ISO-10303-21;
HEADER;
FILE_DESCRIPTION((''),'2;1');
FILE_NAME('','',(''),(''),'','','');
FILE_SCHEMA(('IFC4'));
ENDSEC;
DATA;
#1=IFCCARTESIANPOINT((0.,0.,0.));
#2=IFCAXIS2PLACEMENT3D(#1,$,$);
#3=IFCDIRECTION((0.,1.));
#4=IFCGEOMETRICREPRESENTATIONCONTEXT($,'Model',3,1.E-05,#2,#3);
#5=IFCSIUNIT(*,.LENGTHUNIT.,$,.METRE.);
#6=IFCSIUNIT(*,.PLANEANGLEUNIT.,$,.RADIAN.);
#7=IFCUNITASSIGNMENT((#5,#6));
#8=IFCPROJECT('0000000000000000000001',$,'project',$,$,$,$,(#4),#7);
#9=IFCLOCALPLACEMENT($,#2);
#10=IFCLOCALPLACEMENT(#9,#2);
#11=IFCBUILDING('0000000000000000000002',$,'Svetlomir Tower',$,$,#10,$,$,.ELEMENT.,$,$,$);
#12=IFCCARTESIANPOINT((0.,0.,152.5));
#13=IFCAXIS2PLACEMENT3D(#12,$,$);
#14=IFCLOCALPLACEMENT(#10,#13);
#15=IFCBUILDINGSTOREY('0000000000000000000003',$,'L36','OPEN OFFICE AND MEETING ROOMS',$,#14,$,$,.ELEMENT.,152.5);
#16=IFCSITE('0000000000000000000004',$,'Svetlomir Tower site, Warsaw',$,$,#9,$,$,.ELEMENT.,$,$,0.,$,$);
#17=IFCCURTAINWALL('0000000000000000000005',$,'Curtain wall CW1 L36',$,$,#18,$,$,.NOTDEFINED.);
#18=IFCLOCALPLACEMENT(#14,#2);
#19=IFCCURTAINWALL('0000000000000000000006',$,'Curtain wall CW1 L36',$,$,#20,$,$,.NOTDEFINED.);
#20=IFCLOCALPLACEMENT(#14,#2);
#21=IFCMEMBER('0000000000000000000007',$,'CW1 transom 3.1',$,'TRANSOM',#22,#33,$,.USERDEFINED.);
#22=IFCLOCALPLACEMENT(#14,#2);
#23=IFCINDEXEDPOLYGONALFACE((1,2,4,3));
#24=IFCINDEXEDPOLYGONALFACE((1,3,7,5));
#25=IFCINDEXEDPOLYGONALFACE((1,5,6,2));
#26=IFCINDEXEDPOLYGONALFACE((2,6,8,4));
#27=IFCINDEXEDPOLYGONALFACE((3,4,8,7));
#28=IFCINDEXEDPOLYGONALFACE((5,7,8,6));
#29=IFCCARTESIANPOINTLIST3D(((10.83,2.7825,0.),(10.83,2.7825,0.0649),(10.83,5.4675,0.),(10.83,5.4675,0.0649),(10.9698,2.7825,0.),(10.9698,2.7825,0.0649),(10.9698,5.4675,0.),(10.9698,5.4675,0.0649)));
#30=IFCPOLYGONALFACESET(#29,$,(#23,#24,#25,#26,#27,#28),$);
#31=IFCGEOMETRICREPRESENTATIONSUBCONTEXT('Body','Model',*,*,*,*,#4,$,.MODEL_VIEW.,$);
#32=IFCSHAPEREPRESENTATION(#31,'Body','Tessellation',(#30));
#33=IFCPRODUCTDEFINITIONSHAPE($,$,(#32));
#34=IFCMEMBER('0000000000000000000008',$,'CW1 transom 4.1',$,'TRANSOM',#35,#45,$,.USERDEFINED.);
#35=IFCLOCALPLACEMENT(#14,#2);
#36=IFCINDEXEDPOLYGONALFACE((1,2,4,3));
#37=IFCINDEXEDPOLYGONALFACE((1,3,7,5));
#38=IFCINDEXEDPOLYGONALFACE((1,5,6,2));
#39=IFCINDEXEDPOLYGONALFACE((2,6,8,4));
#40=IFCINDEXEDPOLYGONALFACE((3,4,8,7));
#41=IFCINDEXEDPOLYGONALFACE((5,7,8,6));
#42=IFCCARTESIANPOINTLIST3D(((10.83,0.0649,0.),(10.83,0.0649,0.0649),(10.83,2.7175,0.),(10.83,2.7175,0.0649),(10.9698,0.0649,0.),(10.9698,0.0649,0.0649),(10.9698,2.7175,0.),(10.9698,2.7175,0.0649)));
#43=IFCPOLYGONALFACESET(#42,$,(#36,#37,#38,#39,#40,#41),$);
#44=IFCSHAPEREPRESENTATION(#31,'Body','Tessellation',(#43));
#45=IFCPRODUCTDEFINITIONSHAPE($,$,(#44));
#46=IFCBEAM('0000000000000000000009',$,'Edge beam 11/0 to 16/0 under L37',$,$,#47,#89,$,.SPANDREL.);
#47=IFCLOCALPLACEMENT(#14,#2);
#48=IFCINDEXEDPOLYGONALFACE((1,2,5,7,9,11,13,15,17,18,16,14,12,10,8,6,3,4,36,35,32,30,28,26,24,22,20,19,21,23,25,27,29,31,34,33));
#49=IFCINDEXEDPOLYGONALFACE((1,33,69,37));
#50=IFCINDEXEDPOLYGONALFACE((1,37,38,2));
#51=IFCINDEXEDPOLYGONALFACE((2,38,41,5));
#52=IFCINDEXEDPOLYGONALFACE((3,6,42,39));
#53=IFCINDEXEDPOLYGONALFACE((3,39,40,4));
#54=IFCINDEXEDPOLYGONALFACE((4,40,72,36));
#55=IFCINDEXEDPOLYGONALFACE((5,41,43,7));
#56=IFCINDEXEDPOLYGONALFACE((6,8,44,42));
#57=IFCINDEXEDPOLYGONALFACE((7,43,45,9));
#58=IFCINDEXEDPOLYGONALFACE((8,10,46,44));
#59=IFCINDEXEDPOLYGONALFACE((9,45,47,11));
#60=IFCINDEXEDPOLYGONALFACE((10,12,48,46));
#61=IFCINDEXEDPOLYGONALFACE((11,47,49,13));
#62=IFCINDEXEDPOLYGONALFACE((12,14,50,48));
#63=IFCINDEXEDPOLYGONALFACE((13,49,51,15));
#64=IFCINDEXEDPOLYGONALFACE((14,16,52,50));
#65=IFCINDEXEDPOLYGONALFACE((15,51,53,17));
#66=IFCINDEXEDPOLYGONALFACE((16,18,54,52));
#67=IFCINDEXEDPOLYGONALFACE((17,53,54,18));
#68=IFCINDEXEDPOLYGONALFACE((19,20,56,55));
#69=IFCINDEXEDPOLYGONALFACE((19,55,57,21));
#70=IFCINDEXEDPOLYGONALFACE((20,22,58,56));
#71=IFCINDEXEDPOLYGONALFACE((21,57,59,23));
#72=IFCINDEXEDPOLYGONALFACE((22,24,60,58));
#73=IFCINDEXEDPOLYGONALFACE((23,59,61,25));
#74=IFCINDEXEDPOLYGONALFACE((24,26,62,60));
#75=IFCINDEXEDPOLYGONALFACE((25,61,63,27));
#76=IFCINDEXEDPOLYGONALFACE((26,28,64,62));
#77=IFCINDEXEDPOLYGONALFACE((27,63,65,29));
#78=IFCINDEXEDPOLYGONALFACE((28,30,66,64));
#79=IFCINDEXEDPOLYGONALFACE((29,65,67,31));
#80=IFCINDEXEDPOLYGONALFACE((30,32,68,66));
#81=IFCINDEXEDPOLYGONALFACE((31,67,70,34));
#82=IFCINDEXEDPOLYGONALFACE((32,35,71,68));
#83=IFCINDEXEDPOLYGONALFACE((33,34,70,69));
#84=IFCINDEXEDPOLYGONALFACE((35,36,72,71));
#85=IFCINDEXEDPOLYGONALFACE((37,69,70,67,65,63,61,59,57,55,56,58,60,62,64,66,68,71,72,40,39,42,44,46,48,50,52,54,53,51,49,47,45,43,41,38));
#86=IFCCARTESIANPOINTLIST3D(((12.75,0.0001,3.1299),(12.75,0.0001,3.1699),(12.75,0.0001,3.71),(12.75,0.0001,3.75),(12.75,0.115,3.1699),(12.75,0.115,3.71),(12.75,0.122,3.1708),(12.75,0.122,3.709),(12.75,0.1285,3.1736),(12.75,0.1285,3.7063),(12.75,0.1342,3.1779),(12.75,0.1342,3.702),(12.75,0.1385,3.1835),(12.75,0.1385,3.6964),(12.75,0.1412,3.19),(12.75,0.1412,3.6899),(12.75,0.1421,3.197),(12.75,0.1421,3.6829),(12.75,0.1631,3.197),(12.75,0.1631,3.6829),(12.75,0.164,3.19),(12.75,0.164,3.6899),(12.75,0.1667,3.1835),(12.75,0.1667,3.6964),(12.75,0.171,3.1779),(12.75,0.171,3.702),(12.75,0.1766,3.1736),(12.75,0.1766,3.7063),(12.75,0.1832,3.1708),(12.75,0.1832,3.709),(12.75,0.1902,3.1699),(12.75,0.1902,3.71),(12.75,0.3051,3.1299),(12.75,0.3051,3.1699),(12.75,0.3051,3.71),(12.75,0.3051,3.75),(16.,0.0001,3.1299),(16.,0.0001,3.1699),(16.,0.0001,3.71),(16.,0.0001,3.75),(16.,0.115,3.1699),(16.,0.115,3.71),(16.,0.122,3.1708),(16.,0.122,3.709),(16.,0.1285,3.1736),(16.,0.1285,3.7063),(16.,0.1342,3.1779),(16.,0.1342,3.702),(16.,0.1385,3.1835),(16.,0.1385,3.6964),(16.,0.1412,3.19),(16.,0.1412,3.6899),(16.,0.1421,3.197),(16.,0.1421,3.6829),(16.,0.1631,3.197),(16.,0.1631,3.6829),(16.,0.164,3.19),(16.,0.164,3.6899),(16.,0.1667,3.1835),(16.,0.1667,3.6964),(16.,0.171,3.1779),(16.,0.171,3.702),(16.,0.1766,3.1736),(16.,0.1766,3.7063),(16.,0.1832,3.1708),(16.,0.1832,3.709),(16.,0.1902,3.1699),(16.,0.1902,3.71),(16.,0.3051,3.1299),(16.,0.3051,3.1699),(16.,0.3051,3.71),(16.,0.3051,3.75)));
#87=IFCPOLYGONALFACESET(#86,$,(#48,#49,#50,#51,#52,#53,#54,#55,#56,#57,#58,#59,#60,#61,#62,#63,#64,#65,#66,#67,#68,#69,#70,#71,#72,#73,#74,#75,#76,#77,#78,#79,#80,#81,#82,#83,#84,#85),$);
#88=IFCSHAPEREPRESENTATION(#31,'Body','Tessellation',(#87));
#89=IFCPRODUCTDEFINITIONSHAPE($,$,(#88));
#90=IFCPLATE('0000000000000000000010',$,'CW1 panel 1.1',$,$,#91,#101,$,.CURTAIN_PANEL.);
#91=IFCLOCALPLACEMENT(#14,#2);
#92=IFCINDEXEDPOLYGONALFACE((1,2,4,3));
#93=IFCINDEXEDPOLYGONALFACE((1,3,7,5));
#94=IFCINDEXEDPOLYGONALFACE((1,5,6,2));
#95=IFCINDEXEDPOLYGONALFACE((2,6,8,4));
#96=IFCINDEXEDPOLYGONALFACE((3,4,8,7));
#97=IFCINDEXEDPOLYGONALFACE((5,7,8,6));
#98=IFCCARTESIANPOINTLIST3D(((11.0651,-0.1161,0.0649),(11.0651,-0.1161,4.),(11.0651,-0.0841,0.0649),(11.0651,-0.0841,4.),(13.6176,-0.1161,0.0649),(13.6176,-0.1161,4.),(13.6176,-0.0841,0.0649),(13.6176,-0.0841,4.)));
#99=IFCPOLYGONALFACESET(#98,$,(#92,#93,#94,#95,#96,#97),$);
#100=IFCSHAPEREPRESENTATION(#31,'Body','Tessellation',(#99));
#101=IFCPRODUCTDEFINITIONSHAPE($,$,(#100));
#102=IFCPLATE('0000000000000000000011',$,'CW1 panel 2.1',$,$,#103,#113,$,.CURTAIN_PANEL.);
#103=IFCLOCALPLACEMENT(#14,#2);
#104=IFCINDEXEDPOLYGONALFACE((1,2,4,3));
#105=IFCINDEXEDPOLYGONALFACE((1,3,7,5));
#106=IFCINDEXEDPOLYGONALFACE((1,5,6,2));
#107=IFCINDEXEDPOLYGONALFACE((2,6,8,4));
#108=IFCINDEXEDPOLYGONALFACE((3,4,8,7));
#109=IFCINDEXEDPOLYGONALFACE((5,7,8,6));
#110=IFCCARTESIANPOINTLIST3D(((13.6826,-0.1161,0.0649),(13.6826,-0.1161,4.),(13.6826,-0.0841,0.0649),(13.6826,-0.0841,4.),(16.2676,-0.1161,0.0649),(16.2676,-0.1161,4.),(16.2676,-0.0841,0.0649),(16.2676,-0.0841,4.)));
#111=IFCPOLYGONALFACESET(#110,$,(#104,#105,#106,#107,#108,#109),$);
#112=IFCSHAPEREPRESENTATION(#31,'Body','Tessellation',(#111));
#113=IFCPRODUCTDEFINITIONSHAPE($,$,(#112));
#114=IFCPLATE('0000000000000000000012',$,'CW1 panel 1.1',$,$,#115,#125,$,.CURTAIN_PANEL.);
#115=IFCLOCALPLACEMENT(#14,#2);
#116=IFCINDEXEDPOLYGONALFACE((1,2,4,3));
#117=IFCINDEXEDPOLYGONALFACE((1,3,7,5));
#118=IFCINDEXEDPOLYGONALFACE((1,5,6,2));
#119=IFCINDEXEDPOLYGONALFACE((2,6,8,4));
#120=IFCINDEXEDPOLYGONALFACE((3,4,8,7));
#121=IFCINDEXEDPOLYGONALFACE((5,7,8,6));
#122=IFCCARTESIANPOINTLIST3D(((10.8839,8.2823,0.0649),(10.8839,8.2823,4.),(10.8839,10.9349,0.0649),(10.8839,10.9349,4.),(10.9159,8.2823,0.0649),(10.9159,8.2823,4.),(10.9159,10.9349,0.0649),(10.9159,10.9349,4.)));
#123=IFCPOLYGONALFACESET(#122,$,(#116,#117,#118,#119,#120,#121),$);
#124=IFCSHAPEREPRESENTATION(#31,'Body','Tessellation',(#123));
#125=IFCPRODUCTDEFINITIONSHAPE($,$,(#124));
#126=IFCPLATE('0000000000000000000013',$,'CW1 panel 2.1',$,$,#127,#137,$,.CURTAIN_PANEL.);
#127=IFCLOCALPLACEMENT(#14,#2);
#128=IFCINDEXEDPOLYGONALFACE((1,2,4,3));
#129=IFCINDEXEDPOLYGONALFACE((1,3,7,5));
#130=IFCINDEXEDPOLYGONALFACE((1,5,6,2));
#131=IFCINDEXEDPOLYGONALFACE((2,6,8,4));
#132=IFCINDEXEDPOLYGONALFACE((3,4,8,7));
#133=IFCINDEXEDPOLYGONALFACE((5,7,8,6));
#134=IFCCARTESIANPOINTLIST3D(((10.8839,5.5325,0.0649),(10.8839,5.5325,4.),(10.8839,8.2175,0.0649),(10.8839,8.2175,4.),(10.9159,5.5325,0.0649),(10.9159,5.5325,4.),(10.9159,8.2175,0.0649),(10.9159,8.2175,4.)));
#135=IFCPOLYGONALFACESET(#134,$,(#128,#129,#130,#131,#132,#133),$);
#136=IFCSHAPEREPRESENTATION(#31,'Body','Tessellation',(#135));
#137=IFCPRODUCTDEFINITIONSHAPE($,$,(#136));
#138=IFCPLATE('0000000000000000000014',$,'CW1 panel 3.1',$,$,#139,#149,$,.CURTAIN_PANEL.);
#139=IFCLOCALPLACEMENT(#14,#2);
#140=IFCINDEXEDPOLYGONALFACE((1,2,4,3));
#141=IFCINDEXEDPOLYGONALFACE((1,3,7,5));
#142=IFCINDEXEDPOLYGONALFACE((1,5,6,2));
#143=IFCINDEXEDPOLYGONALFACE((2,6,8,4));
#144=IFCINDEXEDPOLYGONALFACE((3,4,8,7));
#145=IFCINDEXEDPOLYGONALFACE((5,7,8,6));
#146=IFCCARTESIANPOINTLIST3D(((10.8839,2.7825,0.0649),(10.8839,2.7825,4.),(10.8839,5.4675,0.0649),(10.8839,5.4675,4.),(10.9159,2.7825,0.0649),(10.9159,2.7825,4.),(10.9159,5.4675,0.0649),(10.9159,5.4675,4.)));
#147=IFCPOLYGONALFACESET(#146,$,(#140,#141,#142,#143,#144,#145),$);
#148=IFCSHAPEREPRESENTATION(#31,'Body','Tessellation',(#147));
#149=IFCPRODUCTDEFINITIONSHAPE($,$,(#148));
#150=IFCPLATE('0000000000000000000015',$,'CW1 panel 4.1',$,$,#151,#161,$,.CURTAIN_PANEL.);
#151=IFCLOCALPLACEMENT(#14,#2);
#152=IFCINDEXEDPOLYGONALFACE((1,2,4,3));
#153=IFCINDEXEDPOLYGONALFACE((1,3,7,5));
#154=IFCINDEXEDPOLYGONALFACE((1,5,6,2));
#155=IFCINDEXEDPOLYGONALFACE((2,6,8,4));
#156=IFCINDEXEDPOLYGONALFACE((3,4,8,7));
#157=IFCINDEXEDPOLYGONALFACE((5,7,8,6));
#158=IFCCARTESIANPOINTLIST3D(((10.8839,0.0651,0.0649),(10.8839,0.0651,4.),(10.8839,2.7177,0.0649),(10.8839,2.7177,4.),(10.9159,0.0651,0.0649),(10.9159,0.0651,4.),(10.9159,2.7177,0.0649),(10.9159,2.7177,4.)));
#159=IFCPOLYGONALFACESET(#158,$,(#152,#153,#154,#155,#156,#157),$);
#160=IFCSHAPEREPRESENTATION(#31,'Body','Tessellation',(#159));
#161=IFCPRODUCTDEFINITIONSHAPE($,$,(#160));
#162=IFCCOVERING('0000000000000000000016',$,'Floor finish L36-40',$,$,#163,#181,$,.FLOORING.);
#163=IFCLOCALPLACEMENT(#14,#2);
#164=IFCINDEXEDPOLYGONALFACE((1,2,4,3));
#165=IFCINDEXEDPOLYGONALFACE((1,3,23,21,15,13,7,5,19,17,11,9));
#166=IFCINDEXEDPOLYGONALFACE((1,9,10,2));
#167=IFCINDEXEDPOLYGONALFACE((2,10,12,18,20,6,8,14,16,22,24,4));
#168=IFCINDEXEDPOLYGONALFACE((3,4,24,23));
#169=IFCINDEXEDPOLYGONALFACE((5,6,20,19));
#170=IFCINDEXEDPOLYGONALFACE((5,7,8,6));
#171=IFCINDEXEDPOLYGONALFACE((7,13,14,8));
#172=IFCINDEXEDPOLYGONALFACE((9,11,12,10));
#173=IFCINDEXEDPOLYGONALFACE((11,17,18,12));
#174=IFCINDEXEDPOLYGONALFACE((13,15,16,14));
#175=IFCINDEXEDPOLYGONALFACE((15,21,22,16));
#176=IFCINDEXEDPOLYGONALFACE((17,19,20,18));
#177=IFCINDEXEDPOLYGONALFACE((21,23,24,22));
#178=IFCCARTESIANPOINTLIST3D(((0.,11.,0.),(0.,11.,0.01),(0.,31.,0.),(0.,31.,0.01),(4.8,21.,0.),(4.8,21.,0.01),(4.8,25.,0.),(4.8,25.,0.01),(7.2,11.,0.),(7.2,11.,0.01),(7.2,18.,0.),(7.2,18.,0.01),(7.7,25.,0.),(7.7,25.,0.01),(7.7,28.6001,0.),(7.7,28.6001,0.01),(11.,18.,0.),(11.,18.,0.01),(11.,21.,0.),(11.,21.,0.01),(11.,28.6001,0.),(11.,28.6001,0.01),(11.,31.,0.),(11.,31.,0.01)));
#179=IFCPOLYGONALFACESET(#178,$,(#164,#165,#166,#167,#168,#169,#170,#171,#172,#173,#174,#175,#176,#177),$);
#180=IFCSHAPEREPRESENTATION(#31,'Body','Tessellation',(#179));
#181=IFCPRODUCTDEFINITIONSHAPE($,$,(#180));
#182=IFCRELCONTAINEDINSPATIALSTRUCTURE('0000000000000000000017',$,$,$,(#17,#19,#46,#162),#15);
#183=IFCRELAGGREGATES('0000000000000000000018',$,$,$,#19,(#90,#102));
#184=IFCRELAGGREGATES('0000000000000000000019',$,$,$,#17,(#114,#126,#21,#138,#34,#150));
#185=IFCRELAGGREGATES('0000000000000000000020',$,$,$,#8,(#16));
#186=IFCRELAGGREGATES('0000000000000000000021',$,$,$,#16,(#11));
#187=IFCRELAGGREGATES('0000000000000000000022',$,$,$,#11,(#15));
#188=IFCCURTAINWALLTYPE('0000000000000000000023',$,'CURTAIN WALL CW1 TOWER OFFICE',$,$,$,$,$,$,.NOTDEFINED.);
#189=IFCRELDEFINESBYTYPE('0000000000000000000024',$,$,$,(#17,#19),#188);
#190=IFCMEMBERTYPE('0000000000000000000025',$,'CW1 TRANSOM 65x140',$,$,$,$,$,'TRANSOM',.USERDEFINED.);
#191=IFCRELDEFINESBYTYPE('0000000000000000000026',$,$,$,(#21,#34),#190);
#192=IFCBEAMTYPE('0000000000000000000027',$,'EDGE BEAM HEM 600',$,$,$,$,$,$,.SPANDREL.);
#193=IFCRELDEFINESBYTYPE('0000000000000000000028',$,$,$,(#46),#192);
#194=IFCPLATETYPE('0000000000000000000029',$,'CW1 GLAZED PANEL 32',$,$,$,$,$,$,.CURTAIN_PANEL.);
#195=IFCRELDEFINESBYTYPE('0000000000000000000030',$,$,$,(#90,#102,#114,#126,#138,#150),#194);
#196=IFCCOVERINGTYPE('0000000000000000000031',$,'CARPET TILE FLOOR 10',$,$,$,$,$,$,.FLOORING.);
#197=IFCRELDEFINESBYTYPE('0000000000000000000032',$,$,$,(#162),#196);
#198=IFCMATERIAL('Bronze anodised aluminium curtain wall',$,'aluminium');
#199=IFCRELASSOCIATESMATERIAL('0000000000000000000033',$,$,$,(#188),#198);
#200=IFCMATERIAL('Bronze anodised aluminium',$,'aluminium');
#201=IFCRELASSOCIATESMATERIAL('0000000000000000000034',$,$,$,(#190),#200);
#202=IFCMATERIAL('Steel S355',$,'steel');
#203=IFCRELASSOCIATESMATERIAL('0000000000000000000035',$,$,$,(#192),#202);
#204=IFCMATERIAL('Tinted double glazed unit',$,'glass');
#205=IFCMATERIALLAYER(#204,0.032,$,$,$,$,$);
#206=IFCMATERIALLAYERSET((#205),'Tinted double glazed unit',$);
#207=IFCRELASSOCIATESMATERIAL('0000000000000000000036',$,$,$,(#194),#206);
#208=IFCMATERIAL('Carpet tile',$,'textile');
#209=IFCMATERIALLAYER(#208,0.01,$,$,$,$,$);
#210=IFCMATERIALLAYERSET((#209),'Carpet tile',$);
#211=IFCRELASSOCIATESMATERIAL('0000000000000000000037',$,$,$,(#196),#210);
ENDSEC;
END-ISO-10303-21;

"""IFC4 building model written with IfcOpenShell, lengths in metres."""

from ifc_helpers import new_model, si_unit, direction, frame, origin, origin_2d, place, context, subcontext, project, spatial, polyline, rectangle, i_section, outline, extrude, material, layer, layer_set, material_profile, profile_set, type_object, element, aggregate, save


model = new_model("IFC4")

# Units and contexts
model_context = context("Model", 3, precision=1e-05, world=origin(), true_north=direction((0.0, 1.0)))
body_context = subcontext(model_context, "Body", "Model", "MODEL_VIEW")
ifc_project = project(units=[si_unit("LENGTHUNIT", "METRE"), si_unit("PLANEANGLEUNIT", "RADIAN")], contexts=[model_context])

# Site, building, storey
site_placement = place(None, origin())
site = spatial("IfcSite", under=ifc_project, at=site_placement, Name="Svetlomir Tower site, Warsaw", CompositionType="ELEMENT", RefElevation=0.0)
building_placement = place(site_placement, origin())
building = spatial("IfcBuilding", under=site, at=building_placement, Name="Svetlomir Tower", CompositionType="ELEMENT")
storey_placement = place(building_placement, frame((0.0, 0.0, 152.5)))
storey = spatial("IfcBuildingStorey", under=building, at=storey_placement, Name="L36", Description="OPEN OFFICE AND MEETING ROOMS", CompositionType="ELEMENT", Elevation=152.5)

# Curtain wall
ifc_material_1 = material(Name="Bronze anodised aluminium curtain wall", Category="aluminium")
curtain_wall_type = type_object("IfcCurtainWallType", Name="CURTAIN WALL CW1 TOWER OFFICE", PredefinedType="NOTDEFINED", material=ifc_material_1)
curtain_wall_1_placement = place(storey_placement, origin())
curtain_wall_1 = element("IfcCurtainWall", 1, at=curtain_wall_1_placement, inside=storey, type_object=curtain_wall_type, Name="Curtain wall CW1 L36", PredefinedType="NOTDEFINED")

# Curtain wall
curtain_wall_2_placement = place(storey_placement, origin())
curtain_wall_2 = element("IfcCurtainWall", 2, at=curtain_wall_2_placement, inside=storey, type_object=curtain_wall_type, Name="Curtain wall CW1 L36", PredefinedType="NOTDEFINED")

# Members
ifc_material_2 = material(Name="Bronze anodised aluminium", Category="aluminium")
ifc_material_profile_1 = material_profile(ifc_material_2, rectangle(XDim=0.1399, YDim=0.0649, at=origin_2d()), Name="AL 140x65")
ifc_profile_set_1 = profile_set([ifc_material_profile_1], Name="Bronze anodised aluminium 6063-T6")
member_type_1 = type_object("IfcMemberType", Name="CW1 TRANSOM 65x140", ElementType="TRANSOM", PredefinedType="USERDEFINED", material=ifc_profile_set_1)
member_1_placement = place(storey_placement, frame((10.8999, 5.4675, 0.0325), z_axis=(0.0, -1.0, 0.0), x_axis=(1.0, 0.0, 0.0)))
member_1 = element("IfcMember", 3, at=member_1_placement, type_object=member_type_1, Name="CW1 transom 3.1", ObjectType="TRANSOM", PredefinedType="USERDEFINED", context=body_context, shape_type="SweptSolid", body=[
    extrude(rectangle(XDim=0.1399, YDim=0.0649, at=origin_2d()), origin(), (0.0, 0.0, 1.0), 2.6851),
])
member_2_placement = place(storey_placement, frame((10.8999, 2.7175, 0.0325), z_axis=(0.0, -1.0, 0.0), x_axis=(1.0, 0.0, 0.0)))
member_2 = element("IfcMember", 4, at=member_2_placement, type_object=member_type_1, Name="CW1 transom 4.1", ObjectType="TRANSOM", PredefinedType="USERDEFINED", context=body_context, shape_type="SweptSolid", body=[
    extrude(rectangle(XDim=0.1399, YDim=0.0649, at=origin_2d()), origin(), (0.0, 0.0, 1.0), 2.6526),
])

# Beam
ifc_material_3 = material(Name="Steel S355", Category="steel")
ifc_material_profile_2 = material_profile(ifc_material_3, i_section(OverallWidth=0.3049, OverallDepth=0.6201, WebThickness=0.021, FlangeThickness=0.04, FilletRadius=0.0271, at=origin_2d()), Name="HEM 600")
ifc_profile_set_2 = profile_set([ifc_material_profile_2], Name="Steel S355")
beam_type = type_object("IfcBeamType", Name="EDGE BEAM HEM 600", PredefinedType="SPANDREL", material=ifc_profile_set_2)
beam_placement = place(storey_placement, frame((12.75, 0.1526, 3.4399), z_axis=(1.0, 0.0, 0.0), x_axis=(0.0, 1.0, 0.0)))
element("IfcBeam", 5, at=beam_placement, inside=storey, type_object=beam_type, Name="Edge beam 11/0 to 16/0 under L37", PredefinedType="SPANDREL", context=body_context, shape_type="SweptSolid", body=[
    extrude(i_section(OverallWidth=0.3049, OverallDepth=0.6201, WebThickness=0.021, FlangeThickness=0.04, FilletRadius=0.0271, at=origin_2d()), origin(), (0.0, 0.0, 1.0), 3.25),
])

# Plates
ifc_material_4 = material(Name="Tinted double glazed unit", Category="glass")
ifc_layer_1 = layer(ifc_material_4, 0.032)
ifc_layer_set_1 = layer_set([ifc_layer_1], Name="Tinted double glazed unit")
plate_type = type_object("IfcPlateType", Name="CW1 GLAZED PANEL 32", PredefinedType="CURTAIN_PANEL", material=ifc_layer_set_1)
plate_1_placement = place(storey_placement, frame((12.3413, -0.1001, 0.0649), z_axis=(0.0, 0.0, 1.0), x_axis=(1.0, 0.0, 0.0)))
plate_1 = element("IfcPlate", 6, at=plate_1_placement, type_object=plate_type, Name="CW1 panel 1.1", PredefinedType="CURTAIN_PANEL", context=body_context, shape_type="SweptSolid", body=[
    extrude(rectangle(XDim=2.5525, YDim=0.032, at=origin_2d()), origin(), (0.0, 0.0, 1.0), 3.9351),
])
plate_2_placement = place(storey_placement, frame((14.9751, -0.1001, 0.0649), z_axis=(0.0, 0.0, 1.0), x_axis=(1.0, 0.0, 0.0)))
plate_2 = element("IfcPlate", 7, at=plate_2_placement, type_object=plate_type, Name="CW1 panel 2.1", PredefinedType="CURTAIN_PANEL", context=body_context, shape_type="SweptSolid", body=[
    extrude(rectangle(XDim=2.585, YDim=0.032, at=origin_2d()), origin(), (0.0, 0.0, 1.0), 3.9351),
])
aggregate(curtain_wall_2, [plate_1, plate_2])
plate_3_placement = place(storey_placement, frame((10.8999, 9.6086, 0.0649), z_axis=(0.0, 0.0, 1.0), x_axis=(0.0, -1.0, 0.0)))
plate_3 = element("IfcPlate", 8, at=plate_3_placement, type_object=plate_type, Name="CW1 panel 1.1", PredefinedType="CURTAIN_PANEL", context=body_context, shape_type="SweptSolid", body=[
    extrude(rectangle(XDim=2.6526, YDim=0.032, at=origin_2d()), origin(), (0.0, 0.0, 1.0), 3.9351),
])
plate_4_placement = place(storey_placement, frame((10.8999, 6.875, 0.0649), z_axis=(0.0, 0.0, 1.0), x_axis=(0.0, -1.0, 0.0)))
plate_4 = element("IfcPlate", 9, at=plate_4_placement, type_object=plate_type, Name="CW1 panel 2.1", PredefinedType="CURTAIN_PANEL", context=body_context, shape_type="SweptSolid", body=[
    extrude(rectangle(XDim=2.6851, YDim=0.032, at=origin_2d()), origin(), (0.0, 0.0, 1.0), 3.9351),
])
plate_5_placement = place(storey_placement, frame((10.8999, 4.125, 0.0649), z_axis=(0.0, 0.0, 1.0), x_axis=(0.0, -1.0, 0.0)))
plate_5 = element("IfcPlate", 10, at=plate_5_placement, type_object=plate_type, Name="CW1 panel 3.1", PredefinedType="CURTAIN_PANEL", context=body_context, shape_type="SweptSolid", body=[
    extrude(rectangle(XDim=2.6851, YDim=0.032, at=origin_2d()), origin(), (0.0, 0.0, 1.0), 3.9351),
])
plate_6_placement = place(storey_placement, frame((10.8999, 1.3914, 0.0649), z_axis=(0.0, 0.0, 1.0), x_axis=(0.0, -1.0, 0.0)))
plate_6 = element("IfcPlate", 11, at=plate_6_placement, type_object=plate_type, Name="CW1 panel 4.1", PredefinedType="CURTAIN_PANEL", context=body_context, shape_type="SweptSolid", body=[
    extrude(rectangle(XDim=2.6526, YDim=0.032, at=origin_2d()), origin(), (0.0, 0.0, 1.0), 3.9351),
])
aggregate(curtain_wall_1, [plate_3, plate_4, member_1, plate_5, member_2, plate_6])

# Covering
ifc_material_5 = material(Name="Carpet tile", Category="textile")
ifc_layer_2 = layer(ifc_material_5, 0.01)
ifc_layer_set_2 = layer_set([ifc_layer_2], Name="Carpet tile")
covering_type_1 = type_object("IfcCoveringType", Name="CARPET TILE FLOOR 10", PredefinedType="FLOORING", material=ifc_layer_set_2)
covering_1_placement = place(storey_placement, origin())
element("IfcCovering", 12, at=covering_1_placement, inside=storey, type_object=covering_type_1, Name="Floor finish L36-40", PredefinedType="FLOORING", context=body_context, shape_type="SweptSolid", body=[
    extrude(outline(polyline([(11.0, 31.0), (11.0, 28.6001), (7.7, 28.6001), (7.7, 25.0), (4.8, 25.0), (4.8, 21.0), (11.0, 21.0), (11.0, 18.0), (7.2, 18.0), (7.2, 11.0), (0.0, 11.0), (0.0, 31.0), (11.0, 31.0)])), origin(), (0.0, 0.0, 1.0), 0.01),
])

save(model, "model.ifc")
